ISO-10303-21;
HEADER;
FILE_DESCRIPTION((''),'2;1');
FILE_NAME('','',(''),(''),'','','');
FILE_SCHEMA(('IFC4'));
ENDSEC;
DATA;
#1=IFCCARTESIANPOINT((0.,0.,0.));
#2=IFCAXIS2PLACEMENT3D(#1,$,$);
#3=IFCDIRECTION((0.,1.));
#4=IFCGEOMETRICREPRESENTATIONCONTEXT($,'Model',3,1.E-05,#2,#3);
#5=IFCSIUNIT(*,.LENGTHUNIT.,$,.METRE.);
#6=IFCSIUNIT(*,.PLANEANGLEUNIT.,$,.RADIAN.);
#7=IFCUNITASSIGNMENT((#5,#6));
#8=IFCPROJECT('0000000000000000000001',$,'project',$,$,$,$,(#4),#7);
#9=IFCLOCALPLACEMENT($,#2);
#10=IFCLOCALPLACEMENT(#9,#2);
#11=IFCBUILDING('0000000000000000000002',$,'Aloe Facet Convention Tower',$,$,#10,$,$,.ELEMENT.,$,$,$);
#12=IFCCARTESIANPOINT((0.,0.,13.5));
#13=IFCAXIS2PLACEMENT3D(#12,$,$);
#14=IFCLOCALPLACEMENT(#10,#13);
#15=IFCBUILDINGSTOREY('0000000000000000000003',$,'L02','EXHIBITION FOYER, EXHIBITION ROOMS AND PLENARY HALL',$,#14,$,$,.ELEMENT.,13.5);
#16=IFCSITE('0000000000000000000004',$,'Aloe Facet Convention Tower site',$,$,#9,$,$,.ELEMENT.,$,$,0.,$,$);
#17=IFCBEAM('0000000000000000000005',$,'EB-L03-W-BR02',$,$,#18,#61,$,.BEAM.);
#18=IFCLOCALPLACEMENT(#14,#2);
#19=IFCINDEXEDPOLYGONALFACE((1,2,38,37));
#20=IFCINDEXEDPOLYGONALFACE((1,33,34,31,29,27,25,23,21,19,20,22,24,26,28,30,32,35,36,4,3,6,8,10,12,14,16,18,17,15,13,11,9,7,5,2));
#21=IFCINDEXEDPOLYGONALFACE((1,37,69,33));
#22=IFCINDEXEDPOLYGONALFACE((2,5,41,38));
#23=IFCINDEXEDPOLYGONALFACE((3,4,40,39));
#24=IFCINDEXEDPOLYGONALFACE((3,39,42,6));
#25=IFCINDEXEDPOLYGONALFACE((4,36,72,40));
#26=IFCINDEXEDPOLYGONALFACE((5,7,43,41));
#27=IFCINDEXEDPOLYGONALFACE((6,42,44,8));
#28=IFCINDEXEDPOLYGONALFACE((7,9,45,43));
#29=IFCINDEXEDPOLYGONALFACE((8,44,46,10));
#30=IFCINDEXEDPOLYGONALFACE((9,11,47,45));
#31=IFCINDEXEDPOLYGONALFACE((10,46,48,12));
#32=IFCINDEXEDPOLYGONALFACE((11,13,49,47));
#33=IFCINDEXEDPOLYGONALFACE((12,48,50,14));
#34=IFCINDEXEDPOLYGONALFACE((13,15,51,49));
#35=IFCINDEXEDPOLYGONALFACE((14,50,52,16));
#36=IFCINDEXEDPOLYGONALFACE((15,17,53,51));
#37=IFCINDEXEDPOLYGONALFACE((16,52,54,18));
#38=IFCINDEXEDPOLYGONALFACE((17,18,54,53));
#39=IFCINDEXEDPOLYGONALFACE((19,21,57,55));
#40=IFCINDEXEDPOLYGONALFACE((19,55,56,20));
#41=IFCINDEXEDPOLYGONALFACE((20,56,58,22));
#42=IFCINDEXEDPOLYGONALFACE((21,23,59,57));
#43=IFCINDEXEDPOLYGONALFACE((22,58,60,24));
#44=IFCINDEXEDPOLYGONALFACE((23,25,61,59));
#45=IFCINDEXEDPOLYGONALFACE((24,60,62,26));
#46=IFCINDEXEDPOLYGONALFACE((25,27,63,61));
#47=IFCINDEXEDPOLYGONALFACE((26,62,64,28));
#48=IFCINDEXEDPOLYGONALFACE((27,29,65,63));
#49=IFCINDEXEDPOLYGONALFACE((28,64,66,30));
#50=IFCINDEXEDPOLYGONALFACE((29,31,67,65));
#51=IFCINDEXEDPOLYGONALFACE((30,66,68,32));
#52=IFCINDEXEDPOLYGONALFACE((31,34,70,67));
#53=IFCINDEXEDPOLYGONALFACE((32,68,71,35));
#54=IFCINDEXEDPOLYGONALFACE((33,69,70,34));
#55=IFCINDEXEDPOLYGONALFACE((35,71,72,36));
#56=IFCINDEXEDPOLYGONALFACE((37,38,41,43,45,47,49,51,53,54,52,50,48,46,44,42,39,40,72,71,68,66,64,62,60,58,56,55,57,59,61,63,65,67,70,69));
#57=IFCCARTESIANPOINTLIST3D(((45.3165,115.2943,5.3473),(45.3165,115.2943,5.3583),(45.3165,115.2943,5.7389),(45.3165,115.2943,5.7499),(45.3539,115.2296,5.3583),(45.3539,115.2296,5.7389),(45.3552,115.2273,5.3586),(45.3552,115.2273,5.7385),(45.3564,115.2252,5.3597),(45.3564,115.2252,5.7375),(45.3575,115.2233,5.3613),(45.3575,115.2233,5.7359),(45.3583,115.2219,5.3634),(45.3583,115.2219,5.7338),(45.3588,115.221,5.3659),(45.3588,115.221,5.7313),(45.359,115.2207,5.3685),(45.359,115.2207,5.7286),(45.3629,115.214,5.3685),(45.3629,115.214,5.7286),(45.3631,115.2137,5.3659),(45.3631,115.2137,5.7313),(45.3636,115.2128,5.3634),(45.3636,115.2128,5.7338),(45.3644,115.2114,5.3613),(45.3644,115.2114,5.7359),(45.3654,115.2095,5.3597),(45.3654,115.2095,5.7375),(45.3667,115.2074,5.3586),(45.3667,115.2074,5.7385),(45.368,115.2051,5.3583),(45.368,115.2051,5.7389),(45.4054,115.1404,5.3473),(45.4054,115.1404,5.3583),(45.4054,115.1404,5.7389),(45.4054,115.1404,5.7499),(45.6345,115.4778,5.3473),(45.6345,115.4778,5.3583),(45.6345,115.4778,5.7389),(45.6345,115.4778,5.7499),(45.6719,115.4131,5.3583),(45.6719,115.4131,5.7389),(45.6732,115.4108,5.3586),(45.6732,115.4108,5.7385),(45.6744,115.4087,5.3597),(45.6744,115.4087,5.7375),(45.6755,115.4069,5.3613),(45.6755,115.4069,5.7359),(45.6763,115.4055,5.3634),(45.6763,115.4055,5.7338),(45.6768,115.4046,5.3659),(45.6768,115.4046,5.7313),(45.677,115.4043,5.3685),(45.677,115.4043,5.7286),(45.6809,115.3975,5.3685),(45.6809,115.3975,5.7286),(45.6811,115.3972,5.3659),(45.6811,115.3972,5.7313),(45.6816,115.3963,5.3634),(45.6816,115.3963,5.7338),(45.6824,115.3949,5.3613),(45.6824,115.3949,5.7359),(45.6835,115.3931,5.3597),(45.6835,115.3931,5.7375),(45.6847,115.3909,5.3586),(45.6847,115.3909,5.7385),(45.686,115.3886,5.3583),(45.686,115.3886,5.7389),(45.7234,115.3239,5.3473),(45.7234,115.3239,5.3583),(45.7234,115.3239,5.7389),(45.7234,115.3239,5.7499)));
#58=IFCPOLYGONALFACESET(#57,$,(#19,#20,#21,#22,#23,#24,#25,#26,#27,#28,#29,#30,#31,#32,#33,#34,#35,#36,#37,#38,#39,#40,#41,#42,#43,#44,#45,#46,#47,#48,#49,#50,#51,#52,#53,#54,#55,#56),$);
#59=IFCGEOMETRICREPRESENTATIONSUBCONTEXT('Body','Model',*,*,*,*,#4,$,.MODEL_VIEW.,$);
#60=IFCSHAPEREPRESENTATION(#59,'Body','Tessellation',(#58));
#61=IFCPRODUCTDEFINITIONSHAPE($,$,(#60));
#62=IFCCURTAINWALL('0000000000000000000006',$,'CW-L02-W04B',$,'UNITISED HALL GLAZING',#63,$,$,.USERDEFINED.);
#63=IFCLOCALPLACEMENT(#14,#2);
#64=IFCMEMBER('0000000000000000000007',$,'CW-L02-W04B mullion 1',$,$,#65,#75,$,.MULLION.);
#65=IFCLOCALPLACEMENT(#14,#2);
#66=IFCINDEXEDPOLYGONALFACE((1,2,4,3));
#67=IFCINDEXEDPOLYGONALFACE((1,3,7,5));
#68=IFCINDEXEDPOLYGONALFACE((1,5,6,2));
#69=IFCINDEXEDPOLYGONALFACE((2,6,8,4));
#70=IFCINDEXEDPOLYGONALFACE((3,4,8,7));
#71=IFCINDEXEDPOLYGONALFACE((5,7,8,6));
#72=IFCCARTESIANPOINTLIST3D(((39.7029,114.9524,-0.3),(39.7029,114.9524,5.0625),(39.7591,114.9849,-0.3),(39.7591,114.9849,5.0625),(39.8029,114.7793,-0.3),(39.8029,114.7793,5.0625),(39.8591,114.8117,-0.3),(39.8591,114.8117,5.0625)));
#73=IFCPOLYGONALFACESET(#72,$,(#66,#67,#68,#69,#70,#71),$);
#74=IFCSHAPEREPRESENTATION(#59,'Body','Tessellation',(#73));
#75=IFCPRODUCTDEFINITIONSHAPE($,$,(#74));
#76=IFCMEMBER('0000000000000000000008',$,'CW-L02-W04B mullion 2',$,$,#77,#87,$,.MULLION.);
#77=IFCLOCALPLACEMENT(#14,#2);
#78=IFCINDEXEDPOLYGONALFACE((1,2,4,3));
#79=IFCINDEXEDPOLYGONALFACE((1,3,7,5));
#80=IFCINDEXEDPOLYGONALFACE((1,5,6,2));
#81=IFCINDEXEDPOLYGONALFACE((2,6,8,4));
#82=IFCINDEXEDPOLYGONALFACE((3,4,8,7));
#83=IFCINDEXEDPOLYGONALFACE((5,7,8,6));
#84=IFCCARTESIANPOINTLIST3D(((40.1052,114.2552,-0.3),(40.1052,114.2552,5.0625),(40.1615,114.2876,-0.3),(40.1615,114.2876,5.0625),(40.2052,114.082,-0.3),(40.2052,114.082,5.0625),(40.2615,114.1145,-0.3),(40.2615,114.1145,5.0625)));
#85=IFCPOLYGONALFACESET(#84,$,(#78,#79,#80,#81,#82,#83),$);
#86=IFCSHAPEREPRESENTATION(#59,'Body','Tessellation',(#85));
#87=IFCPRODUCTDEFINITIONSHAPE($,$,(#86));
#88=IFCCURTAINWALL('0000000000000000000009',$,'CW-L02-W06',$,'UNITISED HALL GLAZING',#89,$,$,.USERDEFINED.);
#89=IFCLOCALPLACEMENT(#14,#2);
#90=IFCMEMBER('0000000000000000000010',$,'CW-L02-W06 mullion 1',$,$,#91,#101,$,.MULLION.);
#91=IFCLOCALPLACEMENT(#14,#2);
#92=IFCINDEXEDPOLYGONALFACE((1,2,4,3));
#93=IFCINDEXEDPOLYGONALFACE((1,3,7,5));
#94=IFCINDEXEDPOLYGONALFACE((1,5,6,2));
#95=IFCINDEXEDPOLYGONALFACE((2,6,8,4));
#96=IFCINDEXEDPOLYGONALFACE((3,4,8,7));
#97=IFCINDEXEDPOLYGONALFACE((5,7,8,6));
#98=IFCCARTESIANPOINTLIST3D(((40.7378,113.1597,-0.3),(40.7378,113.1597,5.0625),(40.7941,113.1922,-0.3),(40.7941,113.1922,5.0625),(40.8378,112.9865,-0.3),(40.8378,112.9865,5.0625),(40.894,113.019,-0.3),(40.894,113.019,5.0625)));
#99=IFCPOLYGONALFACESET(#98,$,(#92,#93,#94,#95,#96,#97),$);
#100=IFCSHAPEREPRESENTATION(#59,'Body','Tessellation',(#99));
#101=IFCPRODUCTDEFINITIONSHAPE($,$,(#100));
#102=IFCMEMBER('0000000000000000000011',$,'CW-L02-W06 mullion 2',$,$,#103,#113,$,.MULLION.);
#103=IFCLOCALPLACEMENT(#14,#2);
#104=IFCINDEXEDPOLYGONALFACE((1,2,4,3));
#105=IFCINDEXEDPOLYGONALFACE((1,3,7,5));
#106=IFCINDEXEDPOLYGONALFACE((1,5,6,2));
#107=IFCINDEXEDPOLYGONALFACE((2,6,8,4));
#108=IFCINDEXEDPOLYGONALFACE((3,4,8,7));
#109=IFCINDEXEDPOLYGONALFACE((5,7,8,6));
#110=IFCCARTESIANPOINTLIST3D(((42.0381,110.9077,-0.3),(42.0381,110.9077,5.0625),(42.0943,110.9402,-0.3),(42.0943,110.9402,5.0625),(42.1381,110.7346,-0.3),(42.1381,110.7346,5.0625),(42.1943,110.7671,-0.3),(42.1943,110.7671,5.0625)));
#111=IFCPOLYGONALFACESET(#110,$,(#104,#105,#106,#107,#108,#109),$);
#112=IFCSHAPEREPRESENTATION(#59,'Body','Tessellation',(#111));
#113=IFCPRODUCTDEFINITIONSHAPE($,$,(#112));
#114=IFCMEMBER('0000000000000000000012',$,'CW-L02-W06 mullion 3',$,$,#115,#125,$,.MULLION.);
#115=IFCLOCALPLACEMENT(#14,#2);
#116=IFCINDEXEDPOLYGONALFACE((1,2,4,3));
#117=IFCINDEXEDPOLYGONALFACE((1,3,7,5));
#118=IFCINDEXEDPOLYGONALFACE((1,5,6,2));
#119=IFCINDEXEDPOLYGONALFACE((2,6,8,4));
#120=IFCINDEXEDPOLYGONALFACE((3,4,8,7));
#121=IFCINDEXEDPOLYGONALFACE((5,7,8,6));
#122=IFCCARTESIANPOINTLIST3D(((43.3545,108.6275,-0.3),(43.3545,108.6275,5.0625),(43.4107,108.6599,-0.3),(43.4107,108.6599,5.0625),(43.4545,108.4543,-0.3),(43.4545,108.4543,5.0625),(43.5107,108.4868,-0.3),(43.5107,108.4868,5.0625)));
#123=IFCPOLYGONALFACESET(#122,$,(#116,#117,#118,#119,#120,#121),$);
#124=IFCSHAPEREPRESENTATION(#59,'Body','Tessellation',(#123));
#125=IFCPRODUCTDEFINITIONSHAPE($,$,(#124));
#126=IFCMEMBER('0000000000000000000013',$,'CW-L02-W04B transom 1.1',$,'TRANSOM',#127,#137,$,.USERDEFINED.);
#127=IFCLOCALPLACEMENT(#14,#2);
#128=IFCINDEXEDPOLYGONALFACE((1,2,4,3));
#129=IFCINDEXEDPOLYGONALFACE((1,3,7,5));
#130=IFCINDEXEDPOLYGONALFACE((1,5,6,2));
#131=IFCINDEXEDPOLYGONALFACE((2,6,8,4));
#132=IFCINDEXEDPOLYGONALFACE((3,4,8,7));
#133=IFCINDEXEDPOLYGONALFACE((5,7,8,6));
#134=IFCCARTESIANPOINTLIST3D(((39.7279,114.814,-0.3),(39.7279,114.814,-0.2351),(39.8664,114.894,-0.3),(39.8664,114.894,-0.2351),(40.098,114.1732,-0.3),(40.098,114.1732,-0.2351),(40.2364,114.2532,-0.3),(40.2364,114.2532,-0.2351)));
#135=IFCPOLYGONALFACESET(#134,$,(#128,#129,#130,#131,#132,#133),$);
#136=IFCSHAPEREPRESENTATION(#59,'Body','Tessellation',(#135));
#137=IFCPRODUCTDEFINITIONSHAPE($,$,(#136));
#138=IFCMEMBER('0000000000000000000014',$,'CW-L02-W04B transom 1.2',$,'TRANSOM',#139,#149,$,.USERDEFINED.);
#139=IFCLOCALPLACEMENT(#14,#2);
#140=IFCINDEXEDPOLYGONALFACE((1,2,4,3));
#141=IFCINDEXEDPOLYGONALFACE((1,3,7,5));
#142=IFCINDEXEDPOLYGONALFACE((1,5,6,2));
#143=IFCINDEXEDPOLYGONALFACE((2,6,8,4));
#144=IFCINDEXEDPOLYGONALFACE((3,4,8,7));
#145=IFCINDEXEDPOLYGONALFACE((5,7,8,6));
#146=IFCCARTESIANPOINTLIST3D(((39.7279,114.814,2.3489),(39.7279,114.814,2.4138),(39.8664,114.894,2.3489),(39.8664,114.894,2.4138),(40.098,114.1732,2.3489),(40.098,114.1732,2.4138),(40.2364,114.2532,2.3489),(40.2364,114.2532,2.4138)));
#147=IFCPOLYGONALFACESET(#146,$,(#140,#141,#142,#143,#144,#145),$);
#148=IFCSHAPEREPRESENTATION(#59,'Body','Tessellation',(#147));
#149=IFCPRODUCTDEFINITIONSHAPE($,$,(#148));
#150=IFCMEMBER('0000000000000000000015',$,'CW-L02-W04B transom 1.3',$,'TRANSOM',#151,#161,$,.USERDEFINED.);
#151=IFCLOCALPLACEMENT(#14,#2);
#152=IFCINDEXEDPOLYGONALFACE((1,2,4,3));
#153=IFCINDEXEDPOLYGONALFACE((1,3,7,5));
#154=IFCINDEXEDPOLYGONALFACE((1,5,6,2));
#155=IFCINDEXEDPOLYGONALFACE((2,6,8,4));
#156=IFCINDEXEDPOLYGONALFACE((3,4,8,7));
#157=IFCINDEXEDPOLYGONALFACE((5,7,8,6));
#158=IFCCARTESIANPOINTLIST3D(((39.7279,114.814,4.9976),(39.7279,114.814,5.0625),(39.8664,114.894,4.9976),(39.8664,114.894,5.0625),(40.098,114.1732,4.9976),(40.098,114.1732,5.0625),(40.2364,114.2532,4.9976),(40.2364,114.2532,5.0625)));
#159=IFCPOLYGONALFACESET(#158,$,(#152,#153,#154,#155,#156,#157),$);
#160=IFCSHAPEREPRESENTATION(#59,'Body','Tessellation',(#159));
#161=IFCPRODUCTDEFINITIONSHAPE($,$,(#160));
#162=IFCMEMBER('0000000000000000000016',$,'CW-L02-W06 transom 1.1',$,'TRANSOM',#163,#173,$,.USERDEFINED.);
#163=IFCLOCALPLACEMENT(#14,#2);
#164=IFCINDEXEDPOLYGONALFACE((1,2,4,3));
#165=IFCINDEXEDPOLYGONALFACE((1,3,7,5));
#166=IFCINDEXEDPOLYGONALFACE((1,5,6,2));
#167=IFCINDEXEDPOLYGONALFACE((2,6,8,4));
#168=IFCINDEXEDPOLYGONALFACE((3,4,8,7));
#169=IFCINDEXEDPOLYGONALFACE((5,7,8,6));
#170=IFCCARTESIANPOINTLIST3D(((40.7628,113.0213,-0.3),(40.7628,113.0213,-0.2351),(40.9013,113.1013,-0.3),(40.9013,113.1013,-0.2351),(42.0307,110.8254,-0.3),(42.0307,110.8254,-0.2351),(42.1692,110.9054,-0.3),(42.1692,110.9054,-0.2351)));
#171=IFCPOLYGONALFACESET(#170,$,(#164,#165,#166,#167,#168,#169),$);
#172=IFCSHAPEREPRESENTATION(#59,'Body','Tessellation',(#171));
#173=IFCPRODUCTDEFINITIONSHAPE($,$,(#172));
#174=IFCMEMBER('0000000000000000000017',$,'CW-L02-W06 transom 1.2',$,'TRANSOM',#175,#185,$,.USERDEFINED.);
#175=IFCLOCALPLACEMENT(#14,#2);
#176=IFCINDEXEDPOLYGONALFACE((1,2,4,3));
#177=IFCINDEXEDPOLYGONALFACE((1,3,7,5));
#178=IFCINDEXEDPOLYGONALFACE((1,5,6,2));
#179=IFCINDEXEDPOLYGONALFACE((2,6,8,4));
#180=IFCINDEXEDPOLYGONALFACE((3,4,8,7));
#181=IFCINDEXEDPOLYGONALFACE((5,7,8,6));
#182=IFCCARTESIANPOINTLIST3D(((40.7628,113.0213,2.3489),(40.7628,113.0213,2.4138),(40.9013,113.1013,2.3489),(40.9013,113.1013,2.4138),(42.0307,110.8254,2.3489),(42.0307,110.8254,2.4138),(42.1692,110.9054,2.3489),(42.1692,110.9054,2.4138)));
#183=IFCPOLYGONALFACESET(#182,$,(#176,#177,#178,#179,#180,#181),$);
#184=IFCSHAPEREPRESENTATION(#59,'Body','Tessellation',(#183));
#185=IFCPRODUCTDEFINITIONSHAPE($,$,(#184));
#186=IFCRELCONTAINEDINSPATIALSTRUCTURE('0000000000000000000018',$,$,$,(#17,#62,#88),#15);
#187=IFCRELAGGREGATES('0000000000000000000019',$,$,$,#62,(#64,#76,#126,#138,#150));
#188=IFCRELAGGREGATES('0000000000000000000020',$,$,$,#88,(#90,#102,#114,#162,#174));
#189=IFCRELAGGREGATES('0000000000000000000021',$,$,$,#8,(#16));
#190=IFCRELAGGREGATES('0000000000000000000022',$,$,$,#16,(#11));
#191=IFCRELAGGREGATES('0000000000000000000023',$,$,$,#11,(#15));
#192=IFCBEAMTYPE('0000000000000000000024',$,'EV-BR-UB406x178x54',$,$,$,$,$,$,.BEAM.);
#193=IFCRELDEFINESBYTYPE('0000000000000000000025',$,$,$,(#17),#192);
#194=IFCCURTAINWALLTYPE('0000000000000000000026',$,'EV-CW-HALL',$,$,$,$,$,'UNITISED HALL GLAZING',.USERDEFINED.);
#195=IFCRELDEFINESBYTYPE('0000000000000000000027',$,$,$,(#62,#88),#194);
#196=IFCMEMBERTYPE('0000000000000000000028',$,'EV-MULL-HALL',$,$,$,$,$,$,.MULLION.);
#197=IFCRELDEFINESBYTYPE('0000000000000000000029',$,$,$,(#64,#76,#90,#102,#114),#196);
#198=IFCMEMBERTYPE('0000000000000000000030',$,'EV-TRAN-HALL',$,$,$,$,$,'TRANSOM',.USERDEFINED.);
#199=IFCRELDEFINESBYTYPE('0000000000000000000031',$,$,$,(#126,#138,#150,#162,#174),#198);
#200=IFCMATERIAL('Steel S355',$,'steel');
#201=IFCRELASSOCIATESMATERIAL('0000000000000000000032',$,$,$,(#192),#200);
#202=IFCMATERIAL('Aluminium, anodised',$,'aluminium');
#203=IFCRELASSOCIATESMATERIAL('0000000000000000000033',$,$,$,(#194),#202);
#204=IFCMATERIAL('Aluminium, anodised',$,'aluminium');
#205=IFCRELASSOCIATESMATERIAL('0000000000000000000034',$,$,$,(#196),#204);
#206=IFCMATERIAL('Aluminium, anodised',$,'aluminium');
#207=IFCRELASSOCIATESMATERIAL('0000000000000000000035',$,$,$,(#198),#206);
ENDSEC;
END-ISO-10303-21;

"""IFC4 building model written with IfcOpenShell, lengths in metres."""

from ifc_helpers import new_model, si_unit, direction, frame, origin, origin_2d, place, context, subcontext, project, spatial, rectangle, i_section, extrude, material, material_profile, profile_set, type_object, element, aggregate, save


model = new_model("IFC4")

# Units and contexts
model_context = context("Model", 3, precision=1e-05, world=origin(), true_north=direction((0.0, 1.0)))
body_context = subcontext(model_context, "Body", "Model", "MODEL_VIEW")
ifc_project = project(units=[si_unit("LENGTHUNIT", "METRE"), si_unit("PLANEANGLEUNIT", "RADIAN")], contexts=[model_context])

# Site, building, storey
site_placement = place(None, origin())
site = spatial("IfcSite", under=ifc_project, at=site_placement, Name="Aloe Facet Convention Tower site", CompositionType="ELEMENT", RefElevation=0.0)
building_placement = place(site_placement, origin())
building = spatial("IfcBuilding", under=site, at=building_placement, Name="Aloe Facet Convention Tower", CompositionType="ELEMENT")
storey_placement = place(building_placement, frame((0.0, 0.0, 13.5)))
storey = spatial("IfcBuildingStorey", under=building, at=storey_placement, Name="L02", Description="EXHIBITION FOYER, EXHIBITION ROOMS AND PLENARY HALL", CompositionType="ELEMENT", Elevation=13.5)

# Beam
ifc_material_1 = material(Name="Steel S355", Category="steel")
ifc_material_profile_1 = material_profile(ifc_material_1, i_section(OverallWidth=0.1777, OverallDepth=0.4026, WebThickness=0.0078, FlangeThickness=0.011, FilletRadius=0.0103, at=origin_2d()), Name="UB 406x178x54")
ifc_profile_set_1 = profile_set([ifc_material_profile_1], Name="Steel S355")
beam_type_1 = type_object("IfcBeamType", Name="EV-BR-UB406x178x54", PredefinedType="BEAM", material=ifc_profile_set_1)
beam_1_placement = place(storey_placement, frame((45.679, 115.4009, 5.5486), z_axis=(-0.866108, -0.499857, 0.0), x_axis=(0.499857, -0.866108, 0.0)))
element("IfcBeam", 1, at=beam_1_placement, inside=storey, type_object=beam_type_1, Name="EB-L03-W-BR02", PredefinedType="BEAM", context=body_context, shape_type="SweptSolid", body=[
    extrude(i_section(OverallWidth=0.1777, OverallDepth=0.4026, WebThickness=0.0078, FlangeThickness=0.011, FilletRadius=0.0103, at=origin_2d()), origin(), (0.0, 0.0, 1.0), 0.3672),
])

# Curtain walls, members
ifc_material_2 = material(Name="Aluminium, anodised", Category="aluminium")
curtain_wall_type = type_object("IfcCurtainWallType", Name="EV-CW-HALL", ElementType="UNITISED HALL GLAZING", PredefinedType="USERDEFINED", material=ifc_material_2)
curtain_wall_1_placement = place(storey_placement, origin())
curtain_wall_1 = element("IfcCurtainWall", 2, at=curtain_wall_1_placement, inside=storey, type_object=curtain_wall_type, Name="CW-L02-W04B", ObjectType="UNITISED HALL GLAZING", PredefinedType="USERDEFINED")
ifc_material_3 = material(Name="Aluminium, anodised", Category="aluminium")
ifc_material_profile_2 = material_profile(ifc_material_3, rectangle(XDim=0.0649, YDim=0.2, at=origin_2d()), Name="AL 65x200")
ifc_profile_set_2 = profile_set([ifc_material_profile_2], Name="Aluminium, anodised")
member_type_1 = type_object("IfcMemberType", Name="EV-MULL-HALL", PredefinedType="MULLION", material=ifc_profile_set_2)
member_1_placement = place(storey_placement, frame((39.781, 114.8821, -0.3), z_axis=(0.0, 0.0, 1.0), x_axis=(0.866025, 0.5, 0.0)))
member_1 = element("IfcMember", 3, at=member_1_placement, type_object=member_type_1, Name="CW-L02-W04B mullion 1", PredefinedType="MULLION", context=body_context, shape_type="SweptSolid", body=[
    extrude(rectangle(XDim=0.0649, YDim=0.2, at=origin_2d()), origin(), (0.0, 0.0, 1.0), 5.3625),
])
member_2_placement = place(storey_placement, frame((40.1833, 114.1848, -0.3), z_axis=(0.0, 0.0, 1.0), x_axis=(0.866025, 0.5, 0.0)))
member_2 = element("IfcMember", 4, at=member_2_placement, type_object=member_type_1, Name="CW-L02-W04B mullion 2", PredefinedType="MULLION", context=body_context, shape_type="SweptSolid", body=[
    extrude(rectangle(XDim=0.0649, YDim=0.2, at=origin_2d()), origin(), (0.0, 0.0, 1.0), 5.3625),
])
curtain_wall_2_placement = place(storey_placement, origin())
curtain_wall_2 = element("IfcCurtainWall", 5, at=curtain_wall_2_placement, inside=storey, type_object=curtain_wall_type, Name="CW-L02-W06", ObjectType="UNITISED HALL GLAZING", PredefinedType="USERDEFINED")
member_3_placement = place(storey_placement, frame((40.8159, 113.0894, -0.3), z_axis=(0.0, 0.0, 1.0), x_axis=(0.866025, 0.5, 0.0)))
member_3 = element("IfcMember", 6, at=member_3_placement, type_object=member_type_1, Name="CW-L02-W06 mullion 1", PredefinedType="MULLION", context=body_context, shape_type="SweptSolid", body=[
    extrude(rectangle(XDim=0.0649, YDim=0.2, at=origin_2d()), origin(), (0.0, 0.0, 1.0), 5.3625),
])
member_4_placement = place(storey_placement, frame((42.1162, 110.8374, -0.3), z_axis=(0.0, 0.0, 1.0), x_axis=(0.866025, 0.5, 0.0)))
member_4 = element("IfcMember", 7, at=member_4_placement, type_object=member_type_1, Name="CW-L02-W06 mullion 2", PredefinedType="MULLION", context=body_context, shape_type="SweptSolid", body=[
    extrude(rectangle(XDim=0.0649, YDim=0.2, at=origin_2d()), origin(), (0.0, 0.0, 1.0), 5.3625),
])
member_5_placement = place(storey_placement, frame((43.4326, 108.5571, -0.3), z_axis=(0.0, 0.0, 1.0), x_axis=(0.866025, 0.5, 0.0)))
member_5 = element("IfcMember", 8, at=member_5_placement, type_object=member_type_1, Name="CW-L02-W06 mullion 3", PredefinedType="MULLION", context=body_context, shape_type="SweptSolid", body=[
    extrude(rectangle(XDim=0.0649, YDim=0.2, at=origin_2d()), origin(), (0.0, 0.0, 1.0), 5.3625),
])

# Members
ifc_material_4 = material(Name="Aluminium, anodised", Category="aluminium")
ifc_material_profile_3 = material_profile(ifc_material_4, rectangle(XDim=0.1599, YDim=0.0649, at=origin_2d()), Name="AL 160x65")
ifc_profile_set_3 = profile_set([ifc_material_profile_3], Name="Aluminium, anodised")
member_type_2 = type_object("IfcMemberType", Name="EV-TRAN-HALL", ElementType="TRANSOM", PredefinedType="USERDEFINED", material=ifc_profile_set_3)
member_6_placement = place(storey_placement, frame((39.7971, 114.854, -0.2676), z_axis=(0.500113, -0.86596, 0.0), x_axis=(0.86596, 0.500113, 0.0)))
member_6 = element("IfcMember", 9, at=member_6_placement, type_object=member_type_2, Name="CW-L02-W04B transom 1.1", ObjectType="TRANSOM", PredefinedType="USERDEFINED", context=body_context, shape_type="SweptSolid", body=[
    extrude(rectangle(XDim=0.1599, YDim=0.0649, at=origin_2d()), origin(), (0.0, 0.0, 1.0), 0.74),
])
member_7_placement = place(storey_placement, frame((39.7971, 114.854, 2.3813), z_axis=(0.500113, -0.86596, 0.0), x_axis=(0.86596, 0.500113, 0.0)))
member_7 = element("IfcMember", 10, at=member_7_placement, type_object=member_type_2, Name="CW-L02-W04B transom 1.2", ObjectType="TRANSOM", PredefinedType="USERDEFINED", context=body_context, shape_type="SweptSolid", body=[
    extrude(rectangle(XDim=0.1599, YDim=0.0649, at=origin_2d()), origin(), (0.0, 0.0, 1.0), 0.74),
])
member_8_placement = place(storey_placement, frame((39.7971, 114.854, 5.03), z_axis=(0.500113, -0.86596, 0.0), x_axis=(0.86596, 0.500113, 0.0)))
member_8 = element("IfcMember", 11, at=member_8_placement, type_object=member_type_2, Name="CW-L02-W04B transom 1.3", ObjectType="TRANSOM", PredefinedType="USERDEFINED", context=body_context, shape_type="SweptSolid", body=[
    extrude(rectangle(XDim=0.1599, YDim=0.0649, at=origin_2d()), origin(), (0.0, 0.0, 1.0), 0.74),
])
member_9_placement = place(storey_placement, frame((40.832, 113.0613, -0.2676), z_axis=(0.500023, -0.866012, 0.0), x_axis=(0.866012, 0.500023, 0.0)))
member_9 = element("IfcMember", 12, at=member_9_placement, type_object=member_type_2, Name="CW-L02-W06 transom 1.1", ObjectType="TRANSOM", PredefinedType="USERDEFINED", context=body_context, shape_type="SweptSolid", body=[
    extrude(rectangle(XDim=0.1599, YDim=0.0649, at=origin_2d()), origin(), (0.0, 0.0, 1.0), 2.5356),
])
member_10_placement = place(storey_placement, frame((40.832, 113.0613, 2.3813), z_axis=(0.500023, -0.866012, 0.0), x_axis=(0.866012, 0.500023, 0.0)))
member_10 = element("IfcMember", 13, at=member_10_placement, type_object=member_type_2, Name="CW-L02-W06 transom 1.2", ObjectType="TRANSOM", PredefinedType="USERDEFINED", context=body_context, shape_type="SweptSolid", body=[
    extrude(rectangle(XDim=0.1599, YDim=0.0649, at=origin_2d()), origin(), (0.0, 0.0, 1.0), 2.5356),
])

aggregate(curtain_wall_1, [member_1, member_2, member_6, member_7, member_8])
aggregate(curtain_wall_2, [member_3, member_4, member_5, member_9, member_10])

save(model, "model.ifc")
